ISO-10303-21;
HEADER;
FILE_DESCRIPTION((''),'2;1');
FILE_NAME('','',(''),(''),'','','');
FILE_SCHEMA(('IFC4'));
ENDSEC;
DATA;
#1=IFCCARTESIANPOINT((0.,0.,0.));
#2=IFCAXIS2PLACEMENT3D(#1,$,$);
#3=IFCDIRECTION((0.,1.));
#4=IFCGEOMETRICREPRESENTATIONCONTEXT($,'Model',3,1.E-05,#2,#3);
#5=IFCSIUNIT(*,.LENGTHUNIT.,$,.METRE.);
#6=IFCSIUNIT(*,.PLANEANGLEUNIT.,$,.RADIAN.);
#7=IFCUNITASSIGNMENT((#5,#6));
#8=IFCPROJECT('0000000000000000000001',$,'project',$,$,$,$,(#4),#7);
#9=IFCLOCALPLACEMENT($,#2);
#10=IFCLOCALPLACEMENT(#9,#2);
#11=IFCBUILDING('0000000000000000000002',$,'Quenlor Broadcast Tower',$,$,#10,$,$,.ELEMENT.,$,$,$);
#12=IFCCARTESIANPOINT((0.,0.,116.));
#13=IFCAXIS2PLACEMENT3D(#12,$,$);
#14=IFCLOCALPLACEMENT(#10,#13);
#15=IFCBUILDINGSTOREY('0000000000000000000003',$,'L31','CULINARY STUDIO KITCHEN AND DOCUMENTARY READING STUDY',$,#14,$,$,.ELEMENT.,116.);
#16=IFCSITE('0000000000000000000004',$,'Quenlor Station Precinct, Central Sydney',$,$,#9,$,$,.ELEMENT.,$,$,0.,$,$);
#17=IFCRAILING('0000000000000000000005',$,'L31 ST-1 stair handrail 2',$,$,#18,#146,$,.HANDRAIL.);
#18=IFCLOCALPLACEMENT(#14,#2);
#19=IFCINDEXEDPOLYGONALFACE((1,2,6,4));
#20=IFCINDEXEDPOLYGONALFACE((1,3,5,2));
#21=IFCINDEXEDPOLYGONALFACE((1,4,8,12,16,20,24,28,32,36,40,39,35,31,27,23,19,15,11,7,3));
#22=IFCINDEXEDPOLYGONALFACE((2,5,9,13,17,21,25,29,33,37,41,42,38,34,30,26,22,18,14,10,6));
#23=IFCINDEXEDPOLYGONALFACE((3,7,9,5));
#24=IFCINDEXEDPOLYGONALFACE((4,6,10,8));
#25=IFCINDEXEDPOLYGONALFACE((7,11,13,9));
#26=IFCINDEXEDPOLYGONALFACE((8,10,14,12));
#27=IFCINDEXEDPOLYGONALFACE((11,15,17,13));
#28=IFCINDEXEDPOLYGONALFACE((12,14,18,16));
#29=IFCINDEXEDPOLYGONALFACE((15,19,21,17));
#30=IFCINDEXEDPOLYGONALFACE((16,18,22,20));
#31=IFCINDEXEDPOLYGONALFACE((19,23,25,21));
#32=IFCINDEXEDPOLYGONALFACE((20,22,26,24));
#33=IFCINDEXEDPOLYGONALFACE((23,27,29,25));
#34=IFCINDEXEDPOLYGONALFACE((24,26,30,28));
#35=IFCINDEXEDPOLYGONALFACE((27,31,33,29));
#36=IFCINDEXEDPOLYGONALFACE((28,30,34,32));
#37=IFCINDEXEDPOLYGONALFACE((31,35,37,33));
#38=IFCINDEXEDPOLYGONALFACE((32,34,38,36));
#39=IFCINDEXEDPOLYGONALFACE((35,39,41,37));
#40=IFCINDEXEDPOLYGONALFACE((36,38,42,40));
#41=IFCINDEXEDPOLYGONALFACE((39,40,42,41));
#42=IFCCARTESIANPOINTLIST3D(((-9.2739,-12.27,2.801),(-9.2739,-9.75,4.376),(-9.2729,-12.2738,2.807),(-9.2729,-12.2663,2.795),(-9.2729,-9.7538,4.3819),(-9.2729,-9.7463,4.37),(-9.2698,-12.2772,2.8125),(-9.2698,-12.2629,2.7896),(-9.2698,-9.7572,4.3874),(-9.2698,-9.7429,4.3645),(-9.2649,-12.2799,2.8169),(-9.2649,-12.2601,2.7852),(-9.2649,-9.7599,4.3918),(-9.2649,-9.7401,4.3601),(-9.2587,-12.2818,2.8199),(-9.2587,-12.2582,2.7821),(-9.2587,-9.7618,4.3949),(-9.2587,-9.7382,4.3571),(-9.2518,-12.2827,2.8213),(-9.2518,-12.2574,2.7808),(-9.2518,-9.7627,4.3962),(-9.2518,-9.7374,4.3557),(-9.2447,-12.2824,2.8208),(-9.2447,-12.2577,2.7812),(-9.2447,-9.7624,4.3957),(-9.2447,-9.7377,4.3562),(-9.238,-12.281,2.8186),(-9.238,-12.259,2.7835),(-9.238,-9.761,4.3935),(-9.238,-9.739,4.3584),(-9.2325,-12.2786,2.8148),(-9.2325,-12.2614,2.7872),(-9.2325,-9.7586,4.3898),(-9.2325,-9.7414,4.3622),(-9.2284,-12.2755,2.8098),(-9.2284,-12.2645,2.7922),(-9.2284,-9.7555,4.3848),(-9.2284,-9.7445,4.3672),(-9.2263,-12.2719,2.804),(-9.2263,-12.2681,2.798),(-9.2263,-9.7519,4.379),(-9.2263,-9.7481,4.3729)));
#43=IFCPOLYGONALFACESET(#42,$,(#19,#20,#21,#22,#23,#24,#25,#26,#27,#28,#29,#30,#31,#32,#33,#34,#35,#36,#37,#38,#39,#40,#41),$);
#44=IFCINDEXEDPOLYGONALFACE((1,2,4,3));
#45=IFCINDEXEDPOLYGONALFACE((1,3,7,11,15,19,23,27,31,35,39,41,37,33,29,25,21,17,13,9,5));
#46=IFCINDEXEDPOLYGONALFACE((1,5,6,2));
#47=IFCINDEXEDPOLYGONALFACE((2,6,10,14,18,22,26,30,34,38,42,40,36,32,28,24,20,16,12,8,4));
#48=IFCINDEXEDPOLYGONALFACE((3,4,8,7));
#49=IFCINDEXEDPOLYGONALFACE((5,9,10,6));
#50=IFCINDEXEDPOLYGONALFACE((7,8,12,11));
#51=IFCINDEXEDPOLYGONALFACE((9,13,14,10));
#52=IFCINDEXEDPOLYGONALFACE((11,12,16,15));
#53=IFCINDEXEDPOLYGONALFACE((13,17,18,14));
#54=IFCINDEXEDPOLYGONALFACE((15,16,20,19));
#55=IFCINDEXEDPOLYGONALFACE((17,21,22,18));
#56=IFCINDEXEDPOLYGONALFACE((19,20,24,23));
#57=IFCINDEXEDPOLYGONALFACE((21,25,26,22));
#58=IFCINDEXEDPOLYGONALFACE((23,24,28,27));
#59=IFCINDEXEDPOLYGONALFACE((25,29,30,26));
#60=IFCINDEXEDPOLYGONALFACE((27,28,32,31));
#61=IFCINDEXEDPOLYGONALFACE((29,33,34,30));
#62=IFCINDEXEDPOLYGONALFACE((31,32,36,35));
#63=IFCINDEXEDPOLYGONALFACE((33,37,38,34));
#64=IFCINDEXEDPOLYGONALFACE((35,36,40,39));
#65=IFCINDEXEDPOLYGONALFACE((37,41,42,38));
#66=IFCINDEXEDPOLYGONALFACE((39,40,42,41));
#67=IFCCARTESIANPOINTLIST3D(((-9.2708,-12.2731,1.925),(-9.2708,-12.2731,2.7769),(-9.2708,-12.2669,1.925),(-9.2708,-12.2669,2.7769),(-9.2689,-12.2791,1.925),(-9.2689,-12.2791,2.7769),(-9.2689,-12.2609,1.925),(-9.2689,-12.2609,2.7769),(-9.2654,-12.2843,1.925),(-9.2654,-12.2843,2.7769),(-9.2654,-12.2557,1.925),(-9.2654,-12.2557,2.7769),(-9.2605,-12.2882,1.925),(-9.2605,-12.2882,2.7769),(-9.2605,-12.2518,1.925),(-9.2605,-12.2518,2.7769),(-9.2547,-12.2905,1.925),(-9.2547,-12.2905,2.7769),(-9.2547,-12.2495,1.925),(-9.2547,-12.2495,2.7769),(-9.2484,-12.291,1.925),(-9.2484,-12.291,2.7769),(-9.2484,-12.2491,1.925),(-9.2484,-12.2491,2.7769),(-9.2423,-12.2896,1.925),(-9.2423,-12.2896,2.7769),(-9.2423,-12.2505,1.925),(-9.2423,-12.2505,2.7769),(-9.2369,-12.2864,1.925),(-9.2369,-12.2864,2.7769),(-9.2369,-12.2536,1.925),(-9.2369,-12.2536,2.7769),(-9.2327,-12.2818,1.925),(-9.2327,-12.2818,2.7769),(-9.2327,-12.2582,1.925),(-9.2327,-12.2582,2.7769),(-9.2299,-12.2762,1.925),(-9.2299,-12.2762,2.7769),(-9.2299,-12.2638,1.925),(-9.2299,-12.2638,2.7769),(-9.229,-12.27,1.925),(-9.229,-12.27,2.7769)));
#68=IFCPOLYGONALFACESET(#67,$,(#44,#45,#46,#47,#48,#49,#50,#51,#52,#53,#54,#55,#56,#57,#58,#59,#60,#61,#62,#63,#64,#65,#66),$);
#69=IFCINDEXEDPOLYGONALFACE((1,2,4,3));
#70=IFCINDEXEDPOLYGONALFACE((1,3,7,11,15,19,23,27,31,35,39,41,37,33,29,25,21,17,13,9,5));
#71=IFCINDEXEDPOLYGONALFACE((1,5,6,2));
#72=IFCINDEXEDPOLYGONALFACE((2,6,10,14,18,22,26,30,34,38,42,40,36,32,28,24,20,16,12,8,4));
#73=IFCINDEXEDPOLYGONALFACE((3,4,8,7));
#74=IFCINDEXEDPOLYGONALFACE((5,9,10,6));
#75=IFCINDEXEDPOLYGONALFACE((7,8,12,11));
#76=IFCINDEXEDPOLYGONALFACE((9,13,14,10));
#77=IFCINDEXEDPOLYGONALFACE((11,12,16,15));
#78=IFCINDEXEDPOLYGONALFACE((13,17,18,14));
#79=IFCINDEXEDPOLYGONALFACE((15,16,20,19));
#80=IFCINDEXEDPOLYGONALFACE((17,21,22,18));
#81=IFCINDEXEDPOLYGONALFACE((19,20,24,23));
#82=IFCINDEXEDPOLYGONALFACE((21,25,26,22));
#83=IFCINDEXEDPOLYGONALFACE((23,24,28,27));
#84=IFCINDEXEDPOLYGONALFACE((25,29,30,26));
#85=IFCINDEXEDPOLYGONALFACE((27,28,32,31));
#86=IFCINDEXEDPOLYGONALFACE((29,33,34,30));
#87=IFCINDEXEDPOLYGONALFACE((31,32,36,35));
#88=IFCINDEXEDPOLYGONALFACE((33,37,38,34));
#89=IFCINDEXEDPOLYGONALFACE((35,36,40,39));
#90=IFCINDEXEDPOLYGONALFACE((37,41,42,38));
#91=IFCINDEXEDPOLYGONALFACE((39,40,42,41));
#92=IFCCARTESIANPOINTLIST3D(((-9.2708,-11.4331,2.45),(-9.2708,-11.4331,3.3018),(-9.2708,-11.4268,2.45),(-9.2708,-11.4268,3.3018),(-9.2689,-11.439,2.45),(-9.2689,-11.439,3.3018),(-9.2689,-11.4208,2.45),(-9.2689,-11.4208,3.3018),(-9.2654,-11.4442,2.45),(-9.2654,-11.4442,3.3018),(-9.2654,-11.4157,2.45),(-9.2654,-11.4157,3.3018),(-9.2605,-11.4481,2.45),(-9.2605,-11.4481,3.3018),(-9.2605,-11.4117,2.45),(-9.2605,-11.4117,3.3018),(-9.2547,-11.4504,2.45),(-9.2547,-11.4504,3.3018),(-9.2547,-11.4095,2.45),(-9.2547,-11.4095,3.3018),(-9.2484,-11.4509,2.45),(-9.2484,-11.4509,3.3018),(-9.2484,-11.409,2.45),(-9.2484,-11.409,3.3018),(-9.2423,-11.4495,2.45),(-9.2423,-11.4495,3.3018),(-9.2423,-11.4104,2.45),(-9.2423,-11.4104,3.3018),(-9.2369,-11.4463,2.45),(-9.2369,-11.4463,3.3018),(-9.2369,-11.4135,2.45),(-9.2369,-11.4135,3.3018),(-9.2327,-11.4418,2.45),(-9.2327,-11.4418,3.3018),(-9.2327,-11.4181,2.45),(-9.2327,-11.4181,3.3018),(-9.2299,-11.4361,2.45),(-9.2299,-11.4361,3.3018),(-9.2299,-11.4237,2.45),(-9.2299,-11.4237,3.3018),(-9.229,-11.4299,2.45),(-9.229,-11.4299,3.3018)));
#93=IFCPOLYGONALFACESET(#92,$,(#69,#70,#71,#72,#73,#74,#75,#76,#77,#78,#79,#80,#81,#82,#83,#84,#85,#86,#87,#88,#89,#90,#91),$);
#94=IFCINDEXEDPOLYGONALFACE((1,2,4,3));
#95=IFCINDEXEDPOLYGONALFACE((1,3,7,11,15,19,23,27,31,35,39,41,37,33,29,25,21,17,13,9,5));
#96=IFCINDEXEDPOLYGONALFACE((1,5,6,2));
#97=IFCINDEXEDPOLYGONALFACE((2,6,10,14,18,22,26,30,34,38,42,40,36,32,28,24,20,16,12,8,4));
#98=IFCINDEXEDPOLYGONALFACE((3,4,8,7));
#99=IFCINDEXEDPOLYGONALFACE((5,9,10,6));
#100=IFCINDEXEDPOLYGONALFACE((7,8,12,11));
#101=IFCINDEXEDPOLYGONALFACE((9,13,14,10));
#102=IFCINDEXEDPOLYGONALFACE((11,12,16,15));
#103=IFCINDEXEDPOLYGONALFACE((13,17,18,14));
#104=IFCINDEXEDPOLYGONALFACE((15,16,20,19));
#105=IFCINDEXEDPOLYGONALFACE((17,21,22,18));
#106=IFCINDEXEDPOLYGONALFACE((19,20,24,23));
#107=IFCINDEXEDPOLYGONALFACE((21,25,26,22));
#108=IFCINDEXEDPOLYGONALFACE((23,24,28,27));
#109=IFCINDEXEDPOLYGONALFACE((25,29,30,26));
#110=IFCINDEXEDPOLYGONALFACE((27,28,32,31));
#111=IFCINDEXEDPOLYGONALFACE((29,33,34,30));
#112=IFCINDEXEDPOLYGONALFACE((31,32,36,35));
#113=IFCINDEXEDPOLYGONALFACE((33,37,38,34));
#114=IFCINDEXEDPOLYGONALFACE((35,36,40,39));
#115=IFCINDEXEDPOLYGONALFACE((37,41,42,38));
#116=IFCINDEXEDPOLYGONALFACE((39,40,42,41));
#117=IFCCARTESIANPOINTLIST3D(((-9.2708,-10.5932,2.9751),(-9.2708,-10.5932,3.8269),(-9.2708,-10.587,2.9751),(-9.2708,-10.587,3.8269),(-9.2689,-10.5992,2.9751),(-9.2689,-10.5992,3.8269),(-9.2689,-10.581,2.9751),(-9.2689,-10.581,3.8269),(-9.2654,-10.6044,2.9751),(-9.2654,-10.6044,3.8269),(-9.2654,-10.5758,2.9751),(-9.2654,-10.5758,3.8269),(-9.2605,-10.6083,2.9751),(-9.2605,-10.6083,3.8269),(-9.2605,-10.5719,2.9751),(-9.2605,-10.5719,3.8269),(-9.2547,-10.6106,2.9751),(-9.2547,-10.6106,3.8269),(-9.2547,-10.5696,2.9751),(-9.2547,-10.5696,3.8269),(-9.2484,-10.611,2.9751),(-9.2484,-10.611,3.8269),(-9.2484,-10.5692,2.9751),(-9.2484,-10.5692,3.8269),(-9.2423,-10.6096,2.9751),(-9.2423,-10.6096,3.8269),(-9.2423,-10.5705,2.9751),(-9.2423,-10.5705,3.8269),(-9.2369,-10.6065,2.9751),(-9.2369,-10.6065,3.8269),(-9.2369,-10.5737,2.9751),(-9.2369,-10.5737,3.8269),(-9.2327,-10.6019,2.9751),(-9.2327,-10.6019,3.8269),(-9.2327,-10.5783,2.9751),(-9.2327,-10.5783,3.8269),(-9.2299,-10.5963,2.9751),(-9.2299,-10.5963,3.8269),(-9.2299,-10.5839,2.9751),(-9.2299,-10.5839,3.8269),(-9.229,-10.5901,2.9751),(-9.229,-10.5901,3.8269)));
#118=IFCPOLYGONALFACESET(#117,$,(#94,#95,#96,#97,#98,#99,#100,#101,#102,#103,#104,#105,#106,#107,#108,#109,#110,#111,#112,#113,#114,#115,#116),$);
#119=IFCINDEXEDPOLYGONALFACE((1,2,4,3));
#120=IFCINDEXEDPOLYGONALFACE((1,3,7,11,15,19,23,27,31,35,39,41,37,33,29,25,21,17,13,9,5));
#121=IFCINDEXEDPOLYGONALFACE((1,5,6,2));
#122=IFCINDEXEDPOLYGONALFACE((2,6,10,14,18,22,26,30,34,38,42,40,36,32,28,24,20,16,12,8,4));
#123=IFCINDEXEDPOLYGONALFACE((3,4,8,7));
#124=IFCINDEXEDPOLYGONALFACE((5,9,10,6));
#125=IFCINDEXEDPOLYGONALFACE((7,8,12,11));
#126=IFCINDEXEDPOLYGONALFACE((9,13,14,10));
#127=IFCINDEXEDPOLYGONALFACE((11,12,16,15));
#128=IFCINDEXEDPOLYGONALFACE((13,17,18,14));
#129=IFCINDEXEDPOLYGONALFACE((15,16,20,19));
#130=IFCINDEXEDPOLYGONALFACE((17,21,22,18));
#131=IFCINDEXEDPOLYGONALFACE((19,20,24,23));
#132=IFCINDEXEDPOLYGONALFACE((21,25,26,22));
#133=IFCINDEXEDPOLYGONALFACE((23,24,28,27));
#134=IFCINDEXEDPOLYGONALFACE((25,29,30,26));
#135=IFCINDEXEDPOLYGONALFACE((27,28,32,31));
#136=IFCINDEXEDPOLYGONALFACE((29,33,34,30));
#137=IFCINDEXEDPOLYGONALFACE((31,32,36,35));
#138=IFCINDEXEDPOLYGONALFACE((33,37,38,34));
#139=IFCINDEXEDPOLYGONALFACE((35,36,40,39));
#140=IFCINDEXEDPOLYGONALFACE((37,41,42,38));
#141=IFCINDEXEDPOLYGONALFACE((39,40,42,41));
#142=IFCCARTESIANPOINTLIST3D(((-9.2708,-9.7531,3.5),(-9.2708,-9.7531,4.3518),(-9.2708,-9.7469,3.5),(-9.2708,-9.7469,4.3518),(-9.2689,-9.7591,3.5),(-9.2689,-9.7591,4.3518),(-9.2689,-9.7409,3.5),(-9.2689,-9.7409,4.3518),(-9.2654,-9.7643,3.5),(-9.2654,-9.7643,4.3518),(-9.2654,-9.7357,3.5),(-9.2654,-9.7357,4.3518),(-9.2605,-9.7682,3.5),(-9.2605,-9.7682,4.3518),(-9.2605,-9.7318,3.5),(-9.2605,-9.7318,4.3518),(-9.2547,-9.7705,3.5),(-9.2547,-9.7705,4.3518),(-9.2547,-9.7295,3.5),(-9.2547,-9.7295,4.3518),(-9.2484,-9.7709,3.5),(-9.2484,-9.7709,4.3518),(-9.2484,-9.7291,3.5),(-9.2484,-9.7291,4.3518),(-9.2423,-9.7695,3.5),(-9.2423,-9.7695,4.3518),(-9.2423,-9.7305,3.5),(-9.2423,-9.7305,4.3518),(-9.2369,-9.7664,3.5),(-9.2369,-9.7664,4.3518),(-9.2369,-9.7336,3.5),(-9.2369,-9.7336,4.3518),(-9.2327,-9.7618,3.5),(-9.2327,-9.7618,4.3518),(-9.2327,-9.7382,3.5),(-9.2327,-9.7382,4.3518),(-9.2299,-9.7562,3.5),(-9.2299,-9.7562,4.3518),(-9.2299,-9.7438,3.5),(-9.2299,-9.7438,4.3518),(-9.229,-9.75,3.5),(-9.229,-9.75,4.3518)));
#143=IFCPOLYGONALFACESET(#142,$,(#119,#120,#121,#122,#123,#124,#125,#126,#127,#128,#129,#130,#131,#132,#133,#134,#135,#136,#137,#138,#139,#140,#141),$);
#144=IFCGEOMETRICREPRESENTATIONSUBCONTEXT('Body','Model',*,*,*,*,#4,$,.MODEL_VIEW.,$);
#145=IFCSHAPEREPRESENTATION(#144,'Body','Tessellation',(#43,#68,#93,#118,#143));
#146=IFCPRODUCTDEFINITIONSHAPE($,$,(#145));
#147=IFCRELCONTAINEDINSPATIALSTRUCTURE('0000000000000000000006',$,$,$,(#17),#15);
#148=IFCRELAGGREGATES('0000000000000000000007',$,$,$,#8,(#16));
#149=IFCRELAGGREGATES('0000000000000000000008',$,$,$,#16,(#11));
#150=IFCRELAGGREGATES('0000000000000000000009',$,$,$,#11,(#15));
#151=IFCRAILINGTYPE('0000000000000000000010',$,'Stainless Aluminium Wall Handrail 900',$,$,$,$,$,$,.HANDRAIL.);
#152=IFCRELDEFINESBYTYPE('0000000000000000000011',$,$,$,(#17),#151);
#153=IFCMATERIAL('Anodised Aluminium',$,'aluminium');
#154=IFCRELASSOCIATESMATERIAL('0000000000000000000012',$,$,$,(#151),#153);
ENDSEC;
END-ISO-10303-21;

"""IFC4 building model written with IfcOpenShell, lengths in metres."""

from ifc_helpers import new_model, si_unit, direction, frame, origin, origin_2d, place, context, subcontext, project, spatial, circle, extrude, material, type_object, element, save


model = new_model("IFC4")

# Units and contexts
model_context = context("Model", 3, precision=1e-05, world=origin(), true_north=direction((0.0, 1.0)))
body_context = subcontext(model_context, "Body", "Model", "MODEL_VIEW")
ifc_project = project(units=[si_unit("LENGTHUNIT", "METRE"), si_unit("PLANEANGLEUNIT", "RADIAN")], contexts=[model_context])

# Site, building, storey
site_placement = place(None, origin())
site = spatial("IfcSite", under=ifc_project, at=site_placement, Name="Quenlor Station Precinct, Central Sydney", CompositionType="ELEMENT", RefElevation=0.0)
building_placement = place(site_placement, origin())
building = spatial("IfcBuilding", under=site, at=building_placement, Name="Quenlor Broadcast Tower", CompositionType="ELEMENT")
storey_placement = place(building_placement, frame((0.0, 0.0, 116.0)))
storey = spatial("IfcBuildingStorey", under=building, at=storey_placement, Name="L31", Description="CULINARY STUDIO KITCHEN AND DOCUMENTARY READING STUDY", CompositionType="ELEMENT", Elevation=116.0)

# Railing
ifc_material_1 = material(Name="Anodised Aluminium", Category="aluminium")
railing_type_1 = type_object("IfcRailingType", Name="Stainless Aluminium Wall Handrail 900", PredefinedType="HANDRAIL", material=ifc_material_1)
railing_1_placement = place(storey_placement, frame((-9.25, -12.27, 1.925)))
element("IfcRailing", 1, at=railing_1_placement, inside=storey, type_object=railing_type_1, Name="L31 ST-1 stair handrail 2", PredefinedType="HANDRAIL", context=body_context, shape_type="SweptSolid", body=[
    extrude(circle(Radius=0.0239, at=origin_2d()), frame((0.0, 0.0, 0.876), z_axis=(0.0, 0.848008, 0.529984), x_axis=(-1.0, 0.0, 0.0)), (0.0, 0.0, 1.0), 2.9717),
    extrude(circle(Radius=0.021, at=origin_2d()), origin(), (0.0, 0.0, 1.0), 0.8518),
    extrude(circle(Radius=0.021, at=origin_2d()), frame((0.0, 0.8401, 0.5249)), (0.0, 0.0, 1.0), 0.8518),
    extrude(circle(Radius=0.021, at=origin_2d()), frame((0.0, 1.6799, 1.05)), (0.0, 0.0, 1.0), 0.8518),
    extrude(circle(Radius=0.021, at=origin_2d()), frame((0.0, 2.52, 1.575)), (0.0, 0.0, 1.0), 0.8518),
])

save(model, "model.ifc")
